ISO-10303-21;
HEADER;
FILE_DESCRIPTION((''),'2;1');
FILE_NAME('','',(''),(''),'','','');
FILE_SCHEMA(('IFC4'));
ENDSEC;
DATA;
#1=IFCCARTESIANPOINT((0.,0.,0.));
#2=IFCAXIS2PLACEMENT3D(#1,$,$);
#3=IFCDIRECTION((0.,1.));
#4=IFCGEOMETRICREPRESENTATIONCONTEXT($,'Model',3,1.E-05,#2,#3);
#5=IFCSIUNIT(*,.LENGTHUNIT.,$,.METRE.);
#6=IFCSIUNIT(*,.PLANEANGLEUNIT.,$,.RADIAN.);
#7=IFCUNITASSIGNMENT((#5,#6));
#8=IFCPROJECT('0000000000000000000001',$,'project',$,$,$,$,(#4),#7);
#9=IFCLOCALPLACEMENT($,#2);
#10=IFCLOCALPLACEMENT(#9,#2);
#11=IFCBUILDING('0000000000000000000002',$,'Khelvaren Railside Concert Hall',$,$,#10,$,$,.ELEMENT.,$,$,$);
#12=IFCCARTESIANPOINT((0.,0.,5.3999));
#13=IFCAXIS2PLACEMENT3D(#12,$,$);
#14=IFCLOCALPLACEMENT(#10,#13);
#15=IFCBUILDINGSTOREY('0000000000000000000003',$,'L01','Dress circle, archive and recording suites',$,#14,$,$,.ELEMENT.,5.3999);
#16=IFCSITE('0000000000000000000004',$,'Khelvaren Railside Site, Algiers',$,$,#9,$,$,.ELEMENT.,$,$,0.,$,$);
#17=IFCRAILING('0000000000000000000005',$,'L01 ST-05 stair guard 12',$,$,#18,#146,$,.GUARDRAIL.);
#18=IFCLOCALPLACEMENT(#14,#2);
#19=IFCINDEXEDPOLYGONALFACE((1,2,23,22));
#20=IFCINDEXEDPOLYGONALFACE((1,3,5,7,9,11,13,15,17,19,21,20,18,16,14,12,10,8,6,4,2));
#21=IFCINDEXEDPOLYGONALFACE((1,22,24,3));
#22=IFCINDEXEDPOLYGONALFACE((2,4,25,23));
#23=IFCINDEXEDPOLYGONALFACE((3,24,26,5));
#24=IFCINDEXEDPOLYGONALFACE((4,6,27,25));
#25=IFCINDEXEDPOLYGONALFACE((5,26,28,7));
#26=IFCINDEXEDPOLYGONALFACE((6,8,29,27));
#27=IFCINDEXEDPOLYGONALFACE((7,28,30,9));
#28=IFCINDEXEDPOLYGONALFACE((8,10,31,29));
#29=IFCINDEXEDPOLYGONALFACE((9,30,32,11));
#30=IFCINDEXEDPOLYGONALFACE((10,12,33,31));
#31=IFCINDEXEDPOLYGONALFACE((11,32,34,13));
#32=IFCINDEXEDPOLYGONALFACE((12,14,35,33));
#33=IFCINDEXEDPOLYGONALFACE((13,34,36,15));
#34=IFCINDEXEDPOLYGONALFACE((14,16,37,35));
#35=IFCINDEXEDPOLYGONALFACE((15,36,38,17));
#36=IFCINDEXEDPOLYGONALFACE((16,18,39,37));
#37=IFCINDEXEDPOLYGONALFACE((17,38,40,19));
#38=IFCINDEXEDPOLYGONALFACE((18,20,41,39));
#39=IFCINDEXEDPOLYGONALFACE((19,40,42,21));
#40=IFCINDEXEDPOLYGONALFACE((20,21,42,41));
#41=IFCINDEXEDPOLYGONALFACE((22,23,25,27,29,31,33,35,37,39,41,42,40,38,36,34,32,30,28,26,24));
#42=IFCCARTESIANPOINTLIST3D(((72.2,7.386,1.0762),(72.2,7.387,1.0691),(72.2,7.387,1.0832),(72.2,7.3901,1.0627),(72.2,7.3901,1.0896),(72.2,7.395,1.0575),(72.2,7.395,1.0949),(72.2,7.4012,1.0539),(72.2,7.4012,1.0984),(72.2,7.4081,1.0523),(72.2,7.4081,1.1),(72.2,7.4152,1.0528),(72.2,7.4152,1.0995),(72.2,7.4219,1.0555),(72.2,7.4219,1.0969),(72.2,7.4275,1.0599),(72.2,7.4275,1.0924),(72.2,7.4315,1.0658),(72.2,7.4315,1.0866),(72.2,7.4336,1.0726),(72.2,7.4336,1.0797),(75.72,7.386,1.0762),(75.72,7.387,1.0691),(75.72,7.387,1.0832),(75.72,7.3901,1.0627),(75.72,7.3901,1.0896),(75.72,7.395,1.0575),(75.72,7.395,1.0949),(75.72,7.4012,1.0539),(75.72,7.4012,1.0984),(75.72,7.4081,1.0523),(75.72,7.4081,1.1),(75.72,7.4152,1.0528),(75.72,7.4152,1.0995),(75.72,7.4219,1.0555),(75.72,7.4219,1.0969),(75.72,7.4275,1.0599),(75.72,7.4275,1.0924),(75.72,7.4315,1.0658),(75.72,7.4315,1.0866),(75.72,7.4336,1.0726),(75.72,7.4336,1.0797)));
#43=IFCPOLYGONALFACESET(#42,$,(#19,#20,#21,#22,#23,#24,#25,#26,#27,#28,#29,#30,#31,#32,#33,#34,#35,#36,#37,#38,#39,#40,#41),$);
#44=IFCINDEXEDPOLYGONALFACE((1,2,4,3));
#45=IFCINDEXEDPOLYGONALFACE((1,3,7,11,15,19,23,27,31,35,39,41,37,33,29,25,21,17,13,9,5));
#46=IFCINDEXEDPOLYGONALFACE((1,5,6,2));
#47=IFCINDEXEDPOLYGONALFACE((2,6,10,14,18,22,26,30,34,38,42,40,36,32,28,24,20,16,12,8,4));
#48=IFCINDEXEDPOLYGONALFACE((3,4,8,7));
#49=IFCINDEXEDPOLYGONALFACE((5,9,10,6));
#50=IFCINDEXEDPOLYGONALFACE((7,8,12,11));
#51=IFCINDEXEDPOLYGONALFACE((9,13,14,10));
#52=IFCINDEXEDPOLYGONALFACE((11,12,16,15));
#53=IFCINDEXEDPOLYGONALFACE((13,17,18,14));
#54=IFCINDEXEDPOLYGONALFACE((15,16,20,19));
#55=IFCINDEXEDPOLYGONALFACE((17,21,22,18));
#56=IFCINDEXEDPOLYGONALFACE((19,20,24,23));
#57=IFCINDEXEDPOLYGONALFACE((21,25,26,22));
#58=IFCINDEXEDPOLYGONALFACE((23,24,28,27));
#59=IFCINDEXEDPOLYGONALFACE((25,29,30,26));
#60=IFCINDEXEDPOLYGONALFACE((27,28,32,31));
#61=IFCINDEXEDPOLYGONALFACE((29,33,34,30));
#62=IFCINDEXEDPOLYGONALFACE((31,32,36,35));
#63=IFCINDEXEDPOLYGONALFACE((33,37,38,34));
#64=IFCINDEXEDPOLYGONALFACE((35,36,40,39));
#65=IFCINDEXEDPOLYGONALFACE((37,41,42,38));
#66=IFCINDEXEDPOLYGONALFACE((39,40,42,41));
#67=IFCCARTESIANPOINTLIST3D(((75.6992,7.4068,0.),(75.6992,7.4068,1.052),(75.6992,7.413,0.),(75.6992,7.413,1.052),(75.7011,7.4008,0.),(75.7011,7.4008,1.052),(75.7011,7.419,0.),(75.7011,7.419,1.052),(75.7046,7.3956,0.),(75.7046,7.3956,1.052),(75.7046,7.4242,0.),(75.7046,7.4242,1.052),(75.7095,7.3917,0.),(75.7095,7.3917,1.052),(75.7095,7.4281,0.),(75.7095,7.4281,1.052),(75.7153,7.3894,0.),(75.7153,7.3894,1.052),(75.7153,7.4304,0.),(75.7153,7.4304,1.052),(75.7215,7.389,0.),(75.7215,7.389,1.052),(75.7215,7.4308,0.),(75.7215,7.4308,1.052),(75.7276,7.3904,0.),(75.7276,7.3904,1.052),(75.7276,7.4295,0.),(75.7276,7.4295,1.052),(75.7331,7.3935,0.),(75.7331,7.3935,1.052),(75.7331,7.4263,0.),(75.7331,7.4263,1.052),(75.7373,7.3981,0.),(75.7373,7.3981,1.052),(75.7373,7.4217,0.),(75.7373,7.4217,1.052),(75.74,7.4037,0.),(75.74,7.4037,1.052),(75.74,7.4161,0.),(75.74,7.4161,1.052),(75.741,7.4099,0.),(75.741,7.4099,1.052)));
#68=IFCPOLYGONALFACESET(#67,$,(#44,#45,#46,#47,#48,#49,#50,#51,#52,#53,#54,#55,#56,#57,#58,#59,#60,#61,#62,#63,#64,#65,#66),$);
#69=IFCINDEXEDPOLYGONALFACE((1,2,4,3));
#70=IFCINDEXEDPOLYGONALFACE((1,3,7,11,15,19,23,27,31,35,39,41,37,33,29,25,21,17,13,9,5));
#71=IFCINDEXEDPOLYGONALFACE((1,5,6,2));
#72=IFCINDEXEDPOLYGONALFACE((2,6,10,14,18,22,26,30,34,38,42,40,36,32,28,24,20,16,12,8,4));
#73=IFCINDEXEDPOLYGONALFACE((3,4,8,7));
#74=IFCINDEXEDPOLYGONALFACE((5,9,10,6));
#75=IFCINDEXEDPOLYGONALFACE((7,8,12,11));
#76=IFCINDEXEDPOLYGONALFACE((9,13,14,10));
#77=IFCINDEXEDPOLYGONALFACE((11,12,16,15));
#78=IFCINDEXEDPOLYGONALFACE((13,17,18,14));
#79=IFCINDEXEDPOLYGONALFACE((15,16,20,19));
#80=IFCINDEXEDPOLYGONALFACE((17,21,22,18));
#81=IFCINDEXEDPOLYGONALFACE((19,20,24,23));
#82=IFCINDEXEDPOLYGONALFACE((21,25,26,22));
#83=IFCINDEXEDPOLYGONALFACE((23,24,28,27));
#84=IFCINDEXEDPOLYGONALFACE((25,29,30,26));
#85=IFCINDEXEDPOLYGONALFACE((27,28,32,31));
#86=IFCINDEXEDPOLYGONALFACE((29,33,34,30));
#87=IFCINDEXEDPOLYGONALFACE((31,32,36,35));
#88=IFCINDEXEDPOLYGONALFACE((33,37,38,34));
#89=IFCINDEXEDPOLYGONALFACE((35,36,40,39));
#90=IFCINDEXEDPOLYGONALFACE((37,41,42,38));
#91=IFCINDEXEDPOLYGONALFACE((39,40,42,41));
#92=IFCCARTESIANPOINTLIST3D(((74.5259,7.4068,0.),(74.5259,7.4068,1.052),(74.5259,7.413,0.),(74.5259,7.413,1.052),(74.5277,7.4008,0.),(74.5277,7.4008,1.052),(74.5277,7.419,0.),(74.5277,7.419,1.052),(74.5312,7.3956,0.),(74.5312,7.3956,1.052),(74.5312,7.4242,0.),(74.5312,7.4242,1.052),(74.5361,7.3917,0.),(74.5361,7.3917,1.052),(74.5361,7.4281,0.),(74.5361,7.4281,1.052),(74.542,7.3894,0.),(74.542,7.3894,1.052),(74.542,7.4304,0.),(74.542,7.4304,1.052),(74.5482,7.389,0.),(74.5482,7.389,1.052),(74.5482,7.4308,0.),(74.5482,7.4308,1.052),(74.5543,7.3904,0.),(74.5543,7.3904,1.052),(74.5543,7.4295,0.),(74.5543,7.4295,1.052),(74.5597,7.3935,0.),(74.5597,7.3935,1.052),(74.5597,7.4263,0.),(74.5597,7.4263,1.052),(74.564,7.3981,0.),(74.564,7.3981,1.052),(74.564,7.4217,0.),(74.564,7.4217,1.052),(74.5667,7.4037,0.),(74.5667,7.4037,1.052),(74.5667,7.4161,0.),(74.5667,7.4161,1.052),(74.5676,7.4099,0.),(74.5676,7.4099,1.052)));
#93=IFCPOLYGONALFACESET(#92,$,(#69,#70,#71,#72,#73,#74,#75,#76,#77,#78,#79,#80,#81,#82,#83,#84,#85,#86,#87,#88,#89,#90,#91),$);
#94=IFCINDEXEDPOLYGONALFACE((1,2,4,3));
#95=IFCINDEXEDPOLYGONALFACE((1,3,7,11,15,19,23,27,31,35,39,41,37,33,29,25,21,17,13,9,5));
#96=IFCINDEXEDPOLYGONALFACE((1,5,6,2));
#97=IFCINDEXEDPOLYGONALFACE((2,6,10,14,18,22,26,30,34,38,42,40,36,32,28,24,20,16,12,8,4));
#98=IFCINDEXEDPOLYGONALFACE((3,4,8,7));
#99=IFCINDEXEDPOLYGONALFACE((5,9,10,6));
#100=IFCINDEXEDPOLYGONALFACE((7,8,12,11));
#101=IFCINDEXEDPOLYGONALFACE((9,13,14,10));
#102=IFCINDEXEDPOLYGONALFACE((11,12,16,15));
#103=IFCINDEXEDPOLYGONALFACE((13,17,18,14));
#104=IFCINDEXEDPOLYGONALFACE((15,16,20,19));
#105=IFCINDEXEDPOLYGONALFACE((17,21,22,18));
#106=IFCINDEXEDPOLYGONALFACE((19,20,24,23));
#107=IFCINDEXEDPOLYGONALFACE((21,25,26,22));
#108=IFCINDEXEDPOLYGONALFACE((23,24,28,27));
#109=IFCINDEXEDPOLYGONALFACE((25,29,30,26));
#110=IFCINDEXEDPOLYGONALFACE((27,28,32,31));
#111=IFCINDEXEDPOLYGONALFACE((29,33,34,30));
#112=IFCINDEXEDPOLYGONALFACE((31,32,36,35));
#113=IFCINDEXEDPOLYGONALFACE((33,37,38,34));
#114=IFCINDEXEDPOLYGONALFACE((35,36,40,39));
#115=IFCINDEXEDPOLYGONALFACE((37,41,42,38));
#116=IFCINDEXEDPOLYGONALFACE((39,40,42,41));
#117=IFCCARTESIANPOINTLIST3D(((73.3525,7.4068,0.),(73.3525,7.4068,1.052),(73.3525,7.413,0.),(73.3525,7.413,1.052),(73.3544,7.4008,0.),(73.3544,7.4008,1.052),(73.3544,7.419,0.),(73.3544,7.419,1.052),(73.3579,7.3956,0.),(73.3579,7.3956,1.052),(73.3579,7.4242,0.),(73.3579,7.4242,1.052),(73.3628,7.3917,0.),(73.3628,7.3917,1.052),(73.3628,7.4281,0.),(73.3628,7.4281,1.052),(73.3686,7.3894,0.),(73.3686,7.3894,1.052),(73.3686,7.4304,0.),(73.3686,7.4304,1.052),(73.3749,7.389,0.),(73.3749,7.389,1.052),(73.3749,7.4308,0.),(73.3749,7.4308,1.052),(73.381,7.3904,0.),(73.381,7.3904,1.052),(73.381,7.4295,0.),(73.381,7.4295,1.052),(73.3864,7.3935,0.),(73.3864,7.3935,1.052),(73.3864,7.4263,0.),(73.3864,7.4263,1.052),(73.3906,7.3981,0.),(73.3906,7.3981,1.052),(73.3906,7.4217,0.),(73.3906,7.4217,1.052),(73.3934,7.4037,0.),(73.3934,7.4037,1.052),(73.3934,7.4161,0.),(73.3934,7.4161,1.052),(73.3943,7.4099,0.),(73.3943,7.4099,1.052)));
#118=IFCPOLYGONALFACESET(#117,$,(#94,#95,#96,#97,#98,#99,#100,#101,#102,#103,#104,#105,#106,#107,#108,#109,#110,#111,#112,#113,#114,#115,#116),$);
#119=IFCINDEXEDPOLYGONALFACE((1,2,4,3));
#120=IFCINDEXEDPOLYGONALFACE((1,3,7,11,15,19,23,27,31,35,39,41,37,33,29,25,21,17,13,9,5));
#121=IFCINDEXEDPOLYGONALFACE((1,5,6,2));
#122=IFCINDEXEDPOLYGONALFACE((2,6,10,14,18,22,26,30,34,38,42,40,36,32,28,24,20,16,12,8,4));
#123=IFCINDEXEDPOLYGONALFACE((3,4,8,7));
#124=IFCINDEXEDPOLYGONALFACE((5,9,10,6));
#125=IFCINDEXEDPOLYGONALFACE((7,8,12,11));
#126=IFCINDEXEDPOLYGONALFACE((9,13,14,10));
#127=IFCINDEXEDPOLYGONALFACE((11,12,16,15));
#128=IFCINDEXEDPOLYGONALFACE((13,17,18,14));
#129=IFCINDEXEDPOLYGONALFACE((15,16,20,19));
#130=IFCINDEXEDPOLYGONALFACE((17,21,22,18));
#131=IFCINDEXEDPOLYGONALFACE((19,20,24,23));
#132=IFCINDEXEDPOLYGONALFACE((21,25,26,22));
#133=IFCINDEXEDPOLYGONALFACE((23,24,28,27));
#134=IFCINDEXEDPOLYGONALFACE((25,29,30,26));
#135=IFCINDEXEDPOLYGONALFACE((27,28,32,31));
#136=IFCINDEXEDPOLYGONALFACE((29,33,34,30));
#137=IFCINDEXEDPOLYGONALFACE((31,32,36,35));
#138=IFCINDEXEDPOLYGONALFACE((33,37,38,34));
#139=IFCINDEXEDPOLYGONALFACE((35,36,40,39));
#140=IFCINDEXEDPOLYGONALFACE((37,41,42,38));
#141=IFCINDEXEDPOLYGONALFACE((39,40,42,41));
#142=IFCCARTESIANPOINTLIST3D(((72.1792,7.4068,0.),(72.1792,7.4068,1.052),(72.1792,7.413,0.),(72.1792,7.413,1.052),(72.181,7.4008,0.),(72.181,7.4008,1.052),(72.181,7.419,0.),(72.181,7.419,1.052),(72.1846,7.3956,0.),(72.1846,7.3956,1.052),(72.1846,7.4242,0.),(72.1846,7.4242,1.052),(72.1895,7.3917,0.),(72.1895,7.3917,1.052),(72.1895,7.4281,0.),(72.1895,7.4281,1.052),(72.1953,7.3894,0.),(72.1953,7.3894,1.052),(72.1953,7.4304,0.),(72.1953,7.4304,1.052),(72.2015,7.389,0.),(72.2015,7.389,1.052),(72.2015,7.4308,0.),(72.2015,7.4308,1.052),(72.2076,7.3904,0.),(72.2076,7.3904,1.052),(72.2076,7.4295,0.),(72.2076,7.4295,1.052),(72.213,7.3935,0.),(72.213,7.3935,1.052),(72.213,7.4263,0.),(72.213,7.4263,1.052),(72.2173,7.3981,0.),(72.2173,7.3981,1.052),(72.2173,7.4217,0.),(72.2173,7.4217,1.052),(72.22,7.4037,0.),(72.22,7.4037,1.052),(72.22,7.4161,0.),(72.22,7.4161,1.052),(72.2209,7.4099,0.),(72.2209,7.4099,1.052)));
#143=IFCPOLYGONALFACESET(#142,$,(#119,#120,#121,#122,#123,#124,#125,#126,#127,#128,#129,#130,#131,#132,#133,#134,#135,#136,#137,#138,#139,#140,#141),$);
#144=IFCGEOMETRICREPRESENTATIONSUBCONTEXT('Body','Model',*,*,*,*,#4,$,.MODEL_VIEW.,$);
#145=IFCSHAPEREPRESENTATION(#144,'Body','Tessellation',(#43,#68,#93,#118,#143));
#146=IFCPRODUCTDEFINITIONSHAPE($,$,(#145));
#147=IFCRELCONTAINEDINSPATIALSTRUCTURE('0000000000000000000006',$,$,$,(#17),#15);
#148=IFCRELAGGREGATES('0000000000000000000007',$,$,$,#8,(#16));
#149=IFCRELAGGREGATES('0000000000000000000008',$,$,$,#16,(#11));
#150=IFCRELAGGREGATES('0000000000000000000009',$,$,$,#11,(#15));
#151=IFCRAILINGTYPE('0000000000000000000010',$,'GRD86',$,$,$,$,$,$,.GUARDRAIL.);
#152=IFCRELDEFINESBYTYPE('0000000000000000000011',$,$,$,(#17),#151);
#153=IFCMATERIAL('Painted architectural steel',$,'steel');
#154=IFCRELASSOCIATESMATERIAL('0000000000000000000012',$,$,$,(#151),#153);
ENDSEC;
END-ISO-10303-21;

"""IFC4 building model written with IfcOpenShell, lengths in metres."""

from ifc_helpers import new_model, si_unit, direction, frame, origin, origin_2d, place, context, subcontext, project, spatial, circle, extrude, material, type_object, element, save


model = new_model("IFC4")

# Units and contexts
model_context = context("Model", 3, precision=1e-05, world=origin(), true_north=direction((0.0, 1.0)))
body_context = subcontext(model_context, "Body", "Model", "MODEL_VIEW")
ifc_project = project(units=[si_unit("LENGTHUNIT", "METRE"), si_unit("PLANEANGLEUNIT", "RADIAN")], contexts=[model_context])

# Site, building, storey
site_placement = place(None, origin())
site = spatial("IfcSite", under=ifc_project, at=site_placement, Name="Khelvaren Railside Site, Algiers", CompositionType="ELEMENT", RefElevation=0.0)
building_placement = place(site_placement, origin())
building = spatial("IfcBuilding", under=site, at=building_placement, Name="Khelvaren Railside Concert Hall", CompositionType="ELEMENT")
storey_placement = place(building_placement, frame((0.0, 0.0, 5.3999)))
storey = spatial("IfcBuildingStorey", under=building, at=storey_placement, Name="L01", Description="Dress circle, archive and recording suites", CompositionType="ELEMENT", Elevation=5.3999)

# Railing
ifc_material_1 = material(Name="Painted architectural steel", Category="steel")
railing_type = type_object("IfcRailingType", Name="GRD86", PredefinedType="GUARDRAIL", material=ifc_material_1)
railing_1_placement = place(storey_placement, frame((75.72, 7.4099, 0.0)))
element("IfcRailing", 1, at=railing_1_placement, inside=storey, type_object=railing_type, Name="L01 ST-05 stair guard 12", PredefinedType="GUARDRAIL", context=body_context, shape_type="SweptSolid", body=[
    extrude(circle(Radius=0.0239, at=origin_2d()), frame((0.0, 0.0, 1.0762), z_axis=(-1.0, 0.0, 0.0), x_axis=(0.0, -1.0, 0.0)), (0.0, 0.0, 1.0), 3.52),
    extrude(circle(Radius=0.021, at=origin_2d()), origin(), (0.0, 0.0, 1.0), 1.052),
    extrude(circle(Radius=0.021, at=origin_2d()), frame((-1.1733, 0.0, 0.0)), (0.0, 0.0, 1.0), 1.052),
    extrude(circle(Radius=0.021, at=origin_2d()), frame((-2.3467, 0.0, 0.0)), (0.0, 0.0, 1.0), 1.052),
    extrude(circle(Radius=0.021, at=origin_2d()), frame((-3.52, 0.0, 0.0)), (0.0, 0.0, 1.0), 1.052),
])

save(model, "model.ifc")
